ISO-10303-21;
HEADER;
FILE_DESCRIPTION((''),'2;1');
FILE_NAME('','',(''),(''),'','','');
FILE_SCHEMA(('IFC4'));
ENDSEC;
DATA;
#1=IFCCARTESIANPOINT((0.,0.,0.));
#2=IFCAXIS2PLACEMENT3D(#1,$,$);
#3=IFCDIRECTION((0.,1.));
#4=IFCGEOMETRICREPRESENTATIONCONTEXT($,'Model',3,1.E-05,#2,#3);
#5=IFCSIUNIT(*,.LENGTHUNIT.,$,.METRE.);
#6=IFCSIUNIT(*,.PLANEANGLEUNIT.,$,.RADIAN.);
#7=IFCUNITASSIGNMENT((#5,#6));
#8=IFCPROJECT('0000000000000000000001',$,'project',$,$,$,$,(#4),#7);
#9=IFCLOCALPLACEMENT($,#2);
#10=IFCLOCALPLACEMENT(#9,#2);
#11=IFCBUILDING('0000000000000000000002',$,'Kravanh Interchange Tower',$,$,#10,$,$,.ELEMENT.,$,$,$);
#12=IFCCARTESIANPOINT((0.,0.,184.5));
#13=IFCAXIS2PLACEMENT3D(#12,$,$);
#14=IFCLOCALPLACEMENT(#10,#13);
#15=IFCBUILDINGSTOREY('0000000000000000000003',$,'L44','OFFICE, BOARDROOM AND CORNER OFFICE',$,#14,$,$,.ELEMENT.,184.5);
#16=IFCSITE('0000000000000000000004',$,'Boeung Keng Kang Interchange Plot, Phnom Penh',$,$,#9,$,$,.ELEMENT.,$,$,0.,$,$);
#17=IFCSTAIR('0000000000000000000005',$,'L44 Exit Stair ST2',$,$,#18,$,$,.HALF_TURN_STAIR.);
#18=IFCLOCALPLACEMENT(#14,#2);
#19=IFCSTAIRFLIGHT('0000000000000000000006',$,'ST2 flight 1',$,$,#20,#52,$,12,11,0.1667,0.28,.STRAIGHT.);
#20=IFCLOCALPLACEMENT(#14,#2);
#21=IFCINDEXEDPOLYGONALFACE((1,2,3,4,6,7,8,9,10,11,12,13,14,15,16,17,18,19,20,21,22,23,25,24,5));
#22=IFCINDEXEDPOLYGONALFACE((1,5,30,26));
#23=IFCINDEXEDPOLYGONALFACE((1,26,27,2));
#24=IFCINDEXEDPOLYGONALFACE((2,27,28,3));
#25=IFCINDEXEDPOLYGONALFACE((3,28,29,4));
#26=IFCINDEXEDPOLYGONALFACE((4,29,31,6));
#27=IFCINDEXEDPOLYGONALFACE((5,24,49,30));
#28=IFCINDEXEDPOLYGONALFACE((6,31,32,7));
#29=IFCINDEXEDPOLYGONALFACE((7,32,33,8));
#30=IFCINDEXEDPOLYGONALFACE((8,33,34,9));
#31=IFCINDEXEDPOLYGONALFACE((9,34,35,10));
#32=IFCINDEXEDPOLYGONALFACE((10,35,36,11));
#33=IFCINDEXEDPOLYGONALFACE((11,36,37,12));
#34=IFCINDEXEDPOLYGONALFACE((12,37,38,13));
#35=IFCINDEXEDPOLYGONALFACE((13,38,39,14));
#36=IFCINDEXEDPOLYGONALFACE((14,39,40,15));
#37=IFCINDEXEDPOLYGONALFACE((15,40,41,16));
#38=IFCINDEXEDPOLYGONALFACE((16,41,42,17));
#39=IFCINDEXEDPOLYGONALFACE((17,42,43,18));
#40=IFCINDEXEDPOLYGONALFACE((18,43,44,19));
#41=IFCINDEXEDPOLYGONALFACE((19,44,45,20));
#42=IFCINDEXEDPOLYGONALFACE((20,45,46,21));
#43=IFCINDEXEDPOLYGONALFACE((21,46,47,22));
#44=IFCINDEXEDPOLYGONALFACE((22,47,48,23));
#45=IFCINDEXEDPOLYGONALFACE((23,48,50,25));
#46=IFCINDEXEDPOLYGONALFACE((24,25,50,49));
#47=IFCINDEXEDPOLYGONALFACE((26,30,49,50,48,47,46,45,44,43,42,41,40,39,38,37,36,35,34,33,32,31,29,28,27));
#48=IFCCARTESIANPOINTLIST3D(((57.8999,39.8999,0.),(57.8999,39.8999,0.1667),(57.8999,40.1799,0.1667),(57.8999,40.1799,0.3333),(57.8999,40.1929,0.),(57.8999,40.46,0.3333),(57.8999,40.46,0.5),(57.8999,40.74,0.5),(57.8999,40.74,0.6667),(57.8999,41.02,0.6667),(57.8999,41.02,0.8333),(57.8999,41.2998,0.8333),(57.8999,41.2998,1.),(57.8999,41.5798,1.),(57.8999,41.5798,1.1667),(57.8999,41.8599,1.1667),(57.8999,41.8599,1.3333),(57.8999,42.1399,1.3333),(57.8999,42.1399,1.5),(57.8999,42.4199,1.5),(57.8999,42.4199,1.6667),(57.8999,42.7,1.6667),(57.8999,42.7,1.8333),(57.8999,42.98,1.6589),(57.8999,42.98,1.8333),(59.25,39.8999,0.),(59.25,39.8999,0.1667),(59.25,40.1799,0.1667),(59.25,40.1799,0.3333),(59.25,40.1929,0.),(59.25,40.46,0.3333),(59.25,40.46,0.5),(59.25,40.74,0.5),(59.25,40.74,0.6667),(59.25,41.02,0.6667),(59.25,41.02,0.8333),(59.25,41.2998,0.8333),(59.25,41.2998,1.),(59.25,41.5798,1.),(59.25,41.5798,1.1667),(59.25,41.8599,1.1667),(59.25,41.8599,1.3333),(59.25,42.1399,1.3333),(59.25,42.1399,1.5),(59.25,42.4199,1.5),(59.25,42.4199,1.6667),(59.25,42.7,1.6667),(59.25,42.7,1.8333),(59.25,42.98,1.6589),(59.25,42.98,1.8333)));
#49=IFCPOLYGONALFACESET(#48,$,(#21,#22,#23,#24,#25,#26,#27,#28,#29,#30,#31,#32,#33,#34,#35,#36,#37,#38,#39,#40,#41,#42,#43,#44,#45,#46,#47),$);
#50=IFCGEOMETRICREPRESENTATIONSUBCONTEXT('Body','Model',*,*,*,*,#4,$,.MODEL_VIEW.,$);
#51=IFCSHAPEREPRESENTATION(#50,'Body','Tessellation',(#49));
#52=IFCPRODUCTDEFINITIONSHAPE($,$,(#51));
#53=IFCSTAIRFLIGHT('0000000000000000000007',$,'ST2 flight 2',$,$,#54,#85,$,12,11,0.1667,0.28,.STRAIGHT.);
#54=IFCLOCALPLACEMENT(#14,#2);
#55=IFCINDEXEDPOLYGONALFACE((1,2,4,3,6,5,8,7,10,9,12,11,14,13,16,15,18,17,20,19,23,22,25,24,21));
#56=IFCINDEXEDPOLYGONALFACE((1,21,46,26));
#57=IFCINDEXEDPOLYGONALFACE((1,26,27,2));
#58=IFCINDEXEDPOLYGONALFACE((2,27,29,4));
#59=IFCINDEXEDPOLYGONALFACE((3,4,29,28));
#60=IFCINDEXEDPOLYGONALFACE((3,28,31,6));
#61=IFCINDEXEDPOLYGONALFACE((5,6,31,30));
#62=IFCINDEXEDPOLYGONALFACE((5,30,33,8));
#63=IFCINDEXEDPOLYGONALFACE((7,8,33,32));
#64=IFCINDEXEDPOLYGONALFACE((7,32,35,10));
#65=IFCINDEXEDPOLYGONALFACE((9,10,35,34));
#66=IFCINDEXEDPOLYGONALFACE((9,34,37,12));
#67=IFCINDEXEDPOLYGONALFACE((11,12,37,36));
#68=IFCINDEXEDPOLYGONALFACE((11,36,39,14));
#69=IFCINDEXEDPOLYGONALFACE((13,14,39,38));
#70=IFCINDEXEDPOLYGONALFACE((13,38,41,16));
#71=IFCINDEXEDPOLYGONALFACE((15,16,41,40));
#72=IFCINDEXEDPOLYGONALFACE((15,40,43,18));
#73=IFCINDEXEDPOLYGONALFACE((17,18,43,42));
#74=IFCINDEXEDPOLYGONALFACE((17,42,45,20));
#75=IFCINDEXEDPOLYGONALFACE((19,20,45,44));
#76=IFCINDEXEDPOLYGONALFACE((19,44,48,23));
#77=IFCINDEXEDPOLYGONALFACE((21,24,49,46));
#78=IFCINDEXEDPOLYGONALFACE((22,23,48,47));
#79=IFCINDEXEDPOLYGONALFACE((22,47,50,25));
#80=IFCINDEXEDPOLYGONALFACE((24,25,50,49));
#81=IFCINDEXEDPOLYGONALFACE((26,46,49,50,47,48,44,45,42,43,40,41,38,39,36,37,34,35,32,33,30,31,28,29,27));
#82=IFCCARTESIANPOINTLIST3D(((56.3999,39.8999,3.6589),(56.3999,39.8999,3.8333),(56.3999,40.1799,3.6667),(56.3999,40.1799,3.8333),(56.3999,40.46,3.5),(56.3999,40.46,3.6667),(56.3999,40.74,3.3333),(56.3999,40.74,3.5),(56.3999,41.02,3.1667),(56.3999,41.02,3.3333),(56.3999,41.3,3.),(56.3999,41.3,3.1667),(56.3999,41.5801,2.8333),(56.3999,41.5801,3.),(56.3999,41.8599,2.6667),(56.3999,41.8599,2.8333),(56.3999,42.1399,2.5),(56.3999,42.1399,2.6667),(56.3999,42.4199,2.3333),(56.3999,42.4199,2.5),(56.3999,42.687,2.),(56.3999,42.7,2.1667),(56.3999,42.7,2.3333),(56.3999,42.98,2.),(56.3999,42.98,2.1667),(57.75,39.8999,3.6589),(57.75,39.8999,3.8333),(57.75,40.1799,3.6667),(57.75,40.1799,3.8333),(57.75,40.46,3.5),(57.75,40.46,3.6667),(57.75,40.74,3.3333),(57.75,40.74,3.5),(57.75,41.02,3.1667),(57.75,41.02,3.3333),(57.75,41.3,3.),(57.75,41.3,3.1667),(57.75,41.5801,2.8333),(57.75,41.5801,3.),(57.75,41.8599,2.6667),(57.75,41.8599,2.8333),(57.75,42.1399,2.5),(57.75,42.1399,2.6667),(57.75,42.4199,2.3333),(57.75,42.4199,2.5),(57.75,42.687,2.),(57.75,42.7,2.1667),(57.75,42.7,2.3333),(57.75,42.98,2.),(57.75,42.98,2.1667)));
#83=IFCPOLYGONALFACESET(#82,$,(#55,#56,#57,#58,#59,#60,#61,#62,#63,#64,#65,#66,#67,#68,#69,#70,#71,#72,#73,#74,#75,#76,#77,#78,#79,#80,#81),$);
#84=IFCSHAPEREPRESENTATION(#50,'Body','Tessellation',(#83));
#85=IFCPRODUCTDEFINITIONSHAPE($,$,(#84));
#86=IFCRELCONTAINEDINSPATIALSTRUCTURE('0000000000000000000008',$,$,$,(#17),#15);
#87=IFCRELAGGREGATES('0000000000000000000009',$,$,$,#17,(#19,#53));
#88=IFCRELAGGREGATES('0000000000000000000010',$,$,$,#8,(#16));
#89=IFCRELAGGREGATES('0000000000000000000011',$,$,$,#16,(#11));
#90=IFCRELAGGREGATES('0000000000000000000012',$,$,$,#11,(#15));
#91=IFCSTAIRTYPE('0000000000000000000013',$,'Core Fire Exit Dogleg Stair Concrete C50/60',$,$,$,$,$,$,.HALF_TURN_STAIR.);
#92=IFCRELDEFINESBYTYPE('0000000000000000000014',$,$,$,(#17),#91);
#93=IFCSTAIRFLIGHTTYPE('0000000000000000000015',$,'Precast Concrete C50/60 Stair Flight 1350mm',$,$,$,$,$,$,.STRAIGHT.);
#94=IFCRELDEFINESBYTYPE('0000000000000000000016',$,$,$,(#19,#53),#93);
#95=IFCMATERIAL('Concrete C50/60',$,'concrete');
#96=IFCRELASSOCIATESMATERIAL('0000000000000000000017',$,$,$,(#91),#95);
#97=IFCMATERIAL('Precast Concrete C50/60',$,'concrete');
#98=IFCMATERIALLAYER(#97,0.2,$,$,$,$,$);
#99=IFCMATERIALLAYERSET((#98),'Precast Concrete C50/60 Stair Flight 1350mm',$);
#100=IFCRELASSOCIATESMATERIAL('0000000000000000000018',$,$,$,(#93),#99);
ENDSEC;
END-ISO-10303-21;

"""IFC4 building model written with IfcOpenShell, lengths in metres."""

from ifc_helpers import new_model, si_unit, direction, frame, origin, place, context, subcontext, project, spatial, polyline, outline, extrude, material, layer, layer_set, type_object, element, aggregate, save


model = new_model("IFC4")

# Units and contexts
model_context = context("Model", 3, precision=1e-05, world=origin(), true_north=direction((0.0, 1.0)))
body_context = subcontext(model_context, "Body", "Model", "MODEL_VIEW")
ifc_project = project(units=[si_unit("LENGTHUNIT", "METRE"), si_unit("PLANEANGLEUNIT", "RADIAN")], contexts=[model_context])

# Site, building, storey
site_placement = place(None, origin())
site = spatial("IfcSite", under=ifc_project, at=site_placement, Name="Boeung Keng Kang Interchange Plot, Phnom Penh", CompositionType="ELEMENT", RefElevation=0.0)
building_placement = place(site_placement, origin())
building = spatial("IfcBuilding", under=site, at=building_placement, Name="Kravanh Interchange Tower", CompositionType="ELEMENT")
storey_placement = place(building_placement, frame((0.0, 0.0, 184.5)))
storey = spatial("IfcBuildingStorey", under=building, at=storey_placement, Name="L44", Description="OFFICE, BOARDROOM AND CORNER OFFICE", CompositionType="ELEMENT", Elevation=184.5)

# Stair, stair flights
ifc_material_1 = material(Name="Concrete C50/60", Category="concrete")
stair_type = type_object("IfcStairType", Name="Core Fire Exit Dogleg Stair Concrete C50/60", PredefinedType="HALF_TURN_STAIR", material=ifc_material_1)
ifc_material_2 = material(Name="Precast Concrete C50/60", Category="concrete")
ifc_layer_1 = layer(ifc_material_2, 0.2)
ifc_layer_set_1 = layer_set([ifc_layer_1], Name="Precast Concrete C50/60 Stair Flight 1350mm")
stair_flight_type = type_object("IfcStairFlightType", Name="Precast Concrete C50/60 Stair Flight 1350mm", PredefinedType="STRAIGHT", material=ifc_layer_set_1)
stair_1_placement = place(storey_placement, origin())
stair_1 = element("IfcStair", 1, at=stair_1_placement, inside=storey, type_object=stair_type, Name="L44 Exit Stair ST2", PredefinedType="HALF_TURN_STAIR")
stair_flight_1_placement = place(storey_placement, frame((58.575, 39.8999, 0.0), z_axis=(0.0, 0.0, 1.0), x_axis=(0.0, 1.0, 0.0)))
stair_flight_1 = element("IfcStairFlight", 2, at=stair_flight_1_placement, type_object=stair_flight_type, Name="ST2 flight 1", NumberOfRisers=12, NumberOfTreads=11, PredefinedType="STRAIGHT", RiserHeight=0.1667, TreadLength=0.28, context=body_context, shape_type="SweptSolid", body=[
    extrude(outline(polyline([(0.0, 0.0), (0.0, 0.1667), (0.28, 0.1667), (0.28, 0.3333), (0.5601, 0.3333), (0.5601, 0.5), (0.8401, 0.5), (0.8401, 0.6667), (1.1201, 0.6667), (1.1201, 0.8333), (1.3999, 0.8333), (1.3999, 1.0), (1.6799, 1.0), (1.6799, 1.1667), (1.96, 1.1667), (1.96, 1.3333), (2.24, 1.3333), (2.24, 1.5), (2.52, 1.5), (2.52, 1.6667), (2.8, 1.6667), (2.8, 1.8333), (3.0801, 1.8333), (3.0801, 2.0), (3.0801, 1.6589), (0.293, 0.0), (0.0, 0.0)])), frame((0.0, 0.675, 0.0), z_axis=(0.0, -1.0, 0.0), x_axis=(1.0, 0.0, 0.0)), (0.0, 0.0, 1.0), 1.3501),
])
stair_flight_2_placement = place(storey_placement, frame((57.075, 42.98, 2.0), z_axis=(0.0, 0.0, 1.0), x_axis=(0.0, -1.0, 0.0)))
stair_flight_2 = element("IfcStairFlight", 3, at=stair_flight_2_placement, type_object=stair_flight_type, Name="ST2 flight 2", NumberOfRisers=12, NumberOfTreads=11, PredefinedType="STRAIGHT", RiserHeight=0.1667, TreadLength=0.28, context=body_context, shape_type="SweptSolid", body=[
    extrude(outline(polyline([(0.0, 0.0), (0.0, 0.1667), (0.28, 0.1667), (0.28, 0.3333), (0.5601, 0.3333), (0.5601, 0.5), (0.8401, 0.5), (0.8401, 0.6667), (1.1201, 0.6667), (1.1201, 0.8333), (1.3999, 0.8333), (1.3999, 1.0), (1.6799, 1.0), (1.6799, 1.1667), (1.96, 1.1667), (1.96, 1.3333), (2.24, 1.3333), (2.24, 1.5), (2.52, 1.5), (2.52, 1.6667), (2.8, 1.6667), (2.8, 1.8333), (3.0801, 1.8333), (3.0801, 2.0), (3.0801, 1.6589), (0.293, 0.0), (0.0, 0.0)])), frame((0.0, 0.675, 0.0), z_axis=(0.0, -1.0, 0.0), x_axis=(1.0, 0.0, 0.0)), (0.0, 0.0, 1.0), 1.3501),
])
aggregate(stair_1, [stair_flight_1, stair_flight_2])

save(model, "model.ifc")
